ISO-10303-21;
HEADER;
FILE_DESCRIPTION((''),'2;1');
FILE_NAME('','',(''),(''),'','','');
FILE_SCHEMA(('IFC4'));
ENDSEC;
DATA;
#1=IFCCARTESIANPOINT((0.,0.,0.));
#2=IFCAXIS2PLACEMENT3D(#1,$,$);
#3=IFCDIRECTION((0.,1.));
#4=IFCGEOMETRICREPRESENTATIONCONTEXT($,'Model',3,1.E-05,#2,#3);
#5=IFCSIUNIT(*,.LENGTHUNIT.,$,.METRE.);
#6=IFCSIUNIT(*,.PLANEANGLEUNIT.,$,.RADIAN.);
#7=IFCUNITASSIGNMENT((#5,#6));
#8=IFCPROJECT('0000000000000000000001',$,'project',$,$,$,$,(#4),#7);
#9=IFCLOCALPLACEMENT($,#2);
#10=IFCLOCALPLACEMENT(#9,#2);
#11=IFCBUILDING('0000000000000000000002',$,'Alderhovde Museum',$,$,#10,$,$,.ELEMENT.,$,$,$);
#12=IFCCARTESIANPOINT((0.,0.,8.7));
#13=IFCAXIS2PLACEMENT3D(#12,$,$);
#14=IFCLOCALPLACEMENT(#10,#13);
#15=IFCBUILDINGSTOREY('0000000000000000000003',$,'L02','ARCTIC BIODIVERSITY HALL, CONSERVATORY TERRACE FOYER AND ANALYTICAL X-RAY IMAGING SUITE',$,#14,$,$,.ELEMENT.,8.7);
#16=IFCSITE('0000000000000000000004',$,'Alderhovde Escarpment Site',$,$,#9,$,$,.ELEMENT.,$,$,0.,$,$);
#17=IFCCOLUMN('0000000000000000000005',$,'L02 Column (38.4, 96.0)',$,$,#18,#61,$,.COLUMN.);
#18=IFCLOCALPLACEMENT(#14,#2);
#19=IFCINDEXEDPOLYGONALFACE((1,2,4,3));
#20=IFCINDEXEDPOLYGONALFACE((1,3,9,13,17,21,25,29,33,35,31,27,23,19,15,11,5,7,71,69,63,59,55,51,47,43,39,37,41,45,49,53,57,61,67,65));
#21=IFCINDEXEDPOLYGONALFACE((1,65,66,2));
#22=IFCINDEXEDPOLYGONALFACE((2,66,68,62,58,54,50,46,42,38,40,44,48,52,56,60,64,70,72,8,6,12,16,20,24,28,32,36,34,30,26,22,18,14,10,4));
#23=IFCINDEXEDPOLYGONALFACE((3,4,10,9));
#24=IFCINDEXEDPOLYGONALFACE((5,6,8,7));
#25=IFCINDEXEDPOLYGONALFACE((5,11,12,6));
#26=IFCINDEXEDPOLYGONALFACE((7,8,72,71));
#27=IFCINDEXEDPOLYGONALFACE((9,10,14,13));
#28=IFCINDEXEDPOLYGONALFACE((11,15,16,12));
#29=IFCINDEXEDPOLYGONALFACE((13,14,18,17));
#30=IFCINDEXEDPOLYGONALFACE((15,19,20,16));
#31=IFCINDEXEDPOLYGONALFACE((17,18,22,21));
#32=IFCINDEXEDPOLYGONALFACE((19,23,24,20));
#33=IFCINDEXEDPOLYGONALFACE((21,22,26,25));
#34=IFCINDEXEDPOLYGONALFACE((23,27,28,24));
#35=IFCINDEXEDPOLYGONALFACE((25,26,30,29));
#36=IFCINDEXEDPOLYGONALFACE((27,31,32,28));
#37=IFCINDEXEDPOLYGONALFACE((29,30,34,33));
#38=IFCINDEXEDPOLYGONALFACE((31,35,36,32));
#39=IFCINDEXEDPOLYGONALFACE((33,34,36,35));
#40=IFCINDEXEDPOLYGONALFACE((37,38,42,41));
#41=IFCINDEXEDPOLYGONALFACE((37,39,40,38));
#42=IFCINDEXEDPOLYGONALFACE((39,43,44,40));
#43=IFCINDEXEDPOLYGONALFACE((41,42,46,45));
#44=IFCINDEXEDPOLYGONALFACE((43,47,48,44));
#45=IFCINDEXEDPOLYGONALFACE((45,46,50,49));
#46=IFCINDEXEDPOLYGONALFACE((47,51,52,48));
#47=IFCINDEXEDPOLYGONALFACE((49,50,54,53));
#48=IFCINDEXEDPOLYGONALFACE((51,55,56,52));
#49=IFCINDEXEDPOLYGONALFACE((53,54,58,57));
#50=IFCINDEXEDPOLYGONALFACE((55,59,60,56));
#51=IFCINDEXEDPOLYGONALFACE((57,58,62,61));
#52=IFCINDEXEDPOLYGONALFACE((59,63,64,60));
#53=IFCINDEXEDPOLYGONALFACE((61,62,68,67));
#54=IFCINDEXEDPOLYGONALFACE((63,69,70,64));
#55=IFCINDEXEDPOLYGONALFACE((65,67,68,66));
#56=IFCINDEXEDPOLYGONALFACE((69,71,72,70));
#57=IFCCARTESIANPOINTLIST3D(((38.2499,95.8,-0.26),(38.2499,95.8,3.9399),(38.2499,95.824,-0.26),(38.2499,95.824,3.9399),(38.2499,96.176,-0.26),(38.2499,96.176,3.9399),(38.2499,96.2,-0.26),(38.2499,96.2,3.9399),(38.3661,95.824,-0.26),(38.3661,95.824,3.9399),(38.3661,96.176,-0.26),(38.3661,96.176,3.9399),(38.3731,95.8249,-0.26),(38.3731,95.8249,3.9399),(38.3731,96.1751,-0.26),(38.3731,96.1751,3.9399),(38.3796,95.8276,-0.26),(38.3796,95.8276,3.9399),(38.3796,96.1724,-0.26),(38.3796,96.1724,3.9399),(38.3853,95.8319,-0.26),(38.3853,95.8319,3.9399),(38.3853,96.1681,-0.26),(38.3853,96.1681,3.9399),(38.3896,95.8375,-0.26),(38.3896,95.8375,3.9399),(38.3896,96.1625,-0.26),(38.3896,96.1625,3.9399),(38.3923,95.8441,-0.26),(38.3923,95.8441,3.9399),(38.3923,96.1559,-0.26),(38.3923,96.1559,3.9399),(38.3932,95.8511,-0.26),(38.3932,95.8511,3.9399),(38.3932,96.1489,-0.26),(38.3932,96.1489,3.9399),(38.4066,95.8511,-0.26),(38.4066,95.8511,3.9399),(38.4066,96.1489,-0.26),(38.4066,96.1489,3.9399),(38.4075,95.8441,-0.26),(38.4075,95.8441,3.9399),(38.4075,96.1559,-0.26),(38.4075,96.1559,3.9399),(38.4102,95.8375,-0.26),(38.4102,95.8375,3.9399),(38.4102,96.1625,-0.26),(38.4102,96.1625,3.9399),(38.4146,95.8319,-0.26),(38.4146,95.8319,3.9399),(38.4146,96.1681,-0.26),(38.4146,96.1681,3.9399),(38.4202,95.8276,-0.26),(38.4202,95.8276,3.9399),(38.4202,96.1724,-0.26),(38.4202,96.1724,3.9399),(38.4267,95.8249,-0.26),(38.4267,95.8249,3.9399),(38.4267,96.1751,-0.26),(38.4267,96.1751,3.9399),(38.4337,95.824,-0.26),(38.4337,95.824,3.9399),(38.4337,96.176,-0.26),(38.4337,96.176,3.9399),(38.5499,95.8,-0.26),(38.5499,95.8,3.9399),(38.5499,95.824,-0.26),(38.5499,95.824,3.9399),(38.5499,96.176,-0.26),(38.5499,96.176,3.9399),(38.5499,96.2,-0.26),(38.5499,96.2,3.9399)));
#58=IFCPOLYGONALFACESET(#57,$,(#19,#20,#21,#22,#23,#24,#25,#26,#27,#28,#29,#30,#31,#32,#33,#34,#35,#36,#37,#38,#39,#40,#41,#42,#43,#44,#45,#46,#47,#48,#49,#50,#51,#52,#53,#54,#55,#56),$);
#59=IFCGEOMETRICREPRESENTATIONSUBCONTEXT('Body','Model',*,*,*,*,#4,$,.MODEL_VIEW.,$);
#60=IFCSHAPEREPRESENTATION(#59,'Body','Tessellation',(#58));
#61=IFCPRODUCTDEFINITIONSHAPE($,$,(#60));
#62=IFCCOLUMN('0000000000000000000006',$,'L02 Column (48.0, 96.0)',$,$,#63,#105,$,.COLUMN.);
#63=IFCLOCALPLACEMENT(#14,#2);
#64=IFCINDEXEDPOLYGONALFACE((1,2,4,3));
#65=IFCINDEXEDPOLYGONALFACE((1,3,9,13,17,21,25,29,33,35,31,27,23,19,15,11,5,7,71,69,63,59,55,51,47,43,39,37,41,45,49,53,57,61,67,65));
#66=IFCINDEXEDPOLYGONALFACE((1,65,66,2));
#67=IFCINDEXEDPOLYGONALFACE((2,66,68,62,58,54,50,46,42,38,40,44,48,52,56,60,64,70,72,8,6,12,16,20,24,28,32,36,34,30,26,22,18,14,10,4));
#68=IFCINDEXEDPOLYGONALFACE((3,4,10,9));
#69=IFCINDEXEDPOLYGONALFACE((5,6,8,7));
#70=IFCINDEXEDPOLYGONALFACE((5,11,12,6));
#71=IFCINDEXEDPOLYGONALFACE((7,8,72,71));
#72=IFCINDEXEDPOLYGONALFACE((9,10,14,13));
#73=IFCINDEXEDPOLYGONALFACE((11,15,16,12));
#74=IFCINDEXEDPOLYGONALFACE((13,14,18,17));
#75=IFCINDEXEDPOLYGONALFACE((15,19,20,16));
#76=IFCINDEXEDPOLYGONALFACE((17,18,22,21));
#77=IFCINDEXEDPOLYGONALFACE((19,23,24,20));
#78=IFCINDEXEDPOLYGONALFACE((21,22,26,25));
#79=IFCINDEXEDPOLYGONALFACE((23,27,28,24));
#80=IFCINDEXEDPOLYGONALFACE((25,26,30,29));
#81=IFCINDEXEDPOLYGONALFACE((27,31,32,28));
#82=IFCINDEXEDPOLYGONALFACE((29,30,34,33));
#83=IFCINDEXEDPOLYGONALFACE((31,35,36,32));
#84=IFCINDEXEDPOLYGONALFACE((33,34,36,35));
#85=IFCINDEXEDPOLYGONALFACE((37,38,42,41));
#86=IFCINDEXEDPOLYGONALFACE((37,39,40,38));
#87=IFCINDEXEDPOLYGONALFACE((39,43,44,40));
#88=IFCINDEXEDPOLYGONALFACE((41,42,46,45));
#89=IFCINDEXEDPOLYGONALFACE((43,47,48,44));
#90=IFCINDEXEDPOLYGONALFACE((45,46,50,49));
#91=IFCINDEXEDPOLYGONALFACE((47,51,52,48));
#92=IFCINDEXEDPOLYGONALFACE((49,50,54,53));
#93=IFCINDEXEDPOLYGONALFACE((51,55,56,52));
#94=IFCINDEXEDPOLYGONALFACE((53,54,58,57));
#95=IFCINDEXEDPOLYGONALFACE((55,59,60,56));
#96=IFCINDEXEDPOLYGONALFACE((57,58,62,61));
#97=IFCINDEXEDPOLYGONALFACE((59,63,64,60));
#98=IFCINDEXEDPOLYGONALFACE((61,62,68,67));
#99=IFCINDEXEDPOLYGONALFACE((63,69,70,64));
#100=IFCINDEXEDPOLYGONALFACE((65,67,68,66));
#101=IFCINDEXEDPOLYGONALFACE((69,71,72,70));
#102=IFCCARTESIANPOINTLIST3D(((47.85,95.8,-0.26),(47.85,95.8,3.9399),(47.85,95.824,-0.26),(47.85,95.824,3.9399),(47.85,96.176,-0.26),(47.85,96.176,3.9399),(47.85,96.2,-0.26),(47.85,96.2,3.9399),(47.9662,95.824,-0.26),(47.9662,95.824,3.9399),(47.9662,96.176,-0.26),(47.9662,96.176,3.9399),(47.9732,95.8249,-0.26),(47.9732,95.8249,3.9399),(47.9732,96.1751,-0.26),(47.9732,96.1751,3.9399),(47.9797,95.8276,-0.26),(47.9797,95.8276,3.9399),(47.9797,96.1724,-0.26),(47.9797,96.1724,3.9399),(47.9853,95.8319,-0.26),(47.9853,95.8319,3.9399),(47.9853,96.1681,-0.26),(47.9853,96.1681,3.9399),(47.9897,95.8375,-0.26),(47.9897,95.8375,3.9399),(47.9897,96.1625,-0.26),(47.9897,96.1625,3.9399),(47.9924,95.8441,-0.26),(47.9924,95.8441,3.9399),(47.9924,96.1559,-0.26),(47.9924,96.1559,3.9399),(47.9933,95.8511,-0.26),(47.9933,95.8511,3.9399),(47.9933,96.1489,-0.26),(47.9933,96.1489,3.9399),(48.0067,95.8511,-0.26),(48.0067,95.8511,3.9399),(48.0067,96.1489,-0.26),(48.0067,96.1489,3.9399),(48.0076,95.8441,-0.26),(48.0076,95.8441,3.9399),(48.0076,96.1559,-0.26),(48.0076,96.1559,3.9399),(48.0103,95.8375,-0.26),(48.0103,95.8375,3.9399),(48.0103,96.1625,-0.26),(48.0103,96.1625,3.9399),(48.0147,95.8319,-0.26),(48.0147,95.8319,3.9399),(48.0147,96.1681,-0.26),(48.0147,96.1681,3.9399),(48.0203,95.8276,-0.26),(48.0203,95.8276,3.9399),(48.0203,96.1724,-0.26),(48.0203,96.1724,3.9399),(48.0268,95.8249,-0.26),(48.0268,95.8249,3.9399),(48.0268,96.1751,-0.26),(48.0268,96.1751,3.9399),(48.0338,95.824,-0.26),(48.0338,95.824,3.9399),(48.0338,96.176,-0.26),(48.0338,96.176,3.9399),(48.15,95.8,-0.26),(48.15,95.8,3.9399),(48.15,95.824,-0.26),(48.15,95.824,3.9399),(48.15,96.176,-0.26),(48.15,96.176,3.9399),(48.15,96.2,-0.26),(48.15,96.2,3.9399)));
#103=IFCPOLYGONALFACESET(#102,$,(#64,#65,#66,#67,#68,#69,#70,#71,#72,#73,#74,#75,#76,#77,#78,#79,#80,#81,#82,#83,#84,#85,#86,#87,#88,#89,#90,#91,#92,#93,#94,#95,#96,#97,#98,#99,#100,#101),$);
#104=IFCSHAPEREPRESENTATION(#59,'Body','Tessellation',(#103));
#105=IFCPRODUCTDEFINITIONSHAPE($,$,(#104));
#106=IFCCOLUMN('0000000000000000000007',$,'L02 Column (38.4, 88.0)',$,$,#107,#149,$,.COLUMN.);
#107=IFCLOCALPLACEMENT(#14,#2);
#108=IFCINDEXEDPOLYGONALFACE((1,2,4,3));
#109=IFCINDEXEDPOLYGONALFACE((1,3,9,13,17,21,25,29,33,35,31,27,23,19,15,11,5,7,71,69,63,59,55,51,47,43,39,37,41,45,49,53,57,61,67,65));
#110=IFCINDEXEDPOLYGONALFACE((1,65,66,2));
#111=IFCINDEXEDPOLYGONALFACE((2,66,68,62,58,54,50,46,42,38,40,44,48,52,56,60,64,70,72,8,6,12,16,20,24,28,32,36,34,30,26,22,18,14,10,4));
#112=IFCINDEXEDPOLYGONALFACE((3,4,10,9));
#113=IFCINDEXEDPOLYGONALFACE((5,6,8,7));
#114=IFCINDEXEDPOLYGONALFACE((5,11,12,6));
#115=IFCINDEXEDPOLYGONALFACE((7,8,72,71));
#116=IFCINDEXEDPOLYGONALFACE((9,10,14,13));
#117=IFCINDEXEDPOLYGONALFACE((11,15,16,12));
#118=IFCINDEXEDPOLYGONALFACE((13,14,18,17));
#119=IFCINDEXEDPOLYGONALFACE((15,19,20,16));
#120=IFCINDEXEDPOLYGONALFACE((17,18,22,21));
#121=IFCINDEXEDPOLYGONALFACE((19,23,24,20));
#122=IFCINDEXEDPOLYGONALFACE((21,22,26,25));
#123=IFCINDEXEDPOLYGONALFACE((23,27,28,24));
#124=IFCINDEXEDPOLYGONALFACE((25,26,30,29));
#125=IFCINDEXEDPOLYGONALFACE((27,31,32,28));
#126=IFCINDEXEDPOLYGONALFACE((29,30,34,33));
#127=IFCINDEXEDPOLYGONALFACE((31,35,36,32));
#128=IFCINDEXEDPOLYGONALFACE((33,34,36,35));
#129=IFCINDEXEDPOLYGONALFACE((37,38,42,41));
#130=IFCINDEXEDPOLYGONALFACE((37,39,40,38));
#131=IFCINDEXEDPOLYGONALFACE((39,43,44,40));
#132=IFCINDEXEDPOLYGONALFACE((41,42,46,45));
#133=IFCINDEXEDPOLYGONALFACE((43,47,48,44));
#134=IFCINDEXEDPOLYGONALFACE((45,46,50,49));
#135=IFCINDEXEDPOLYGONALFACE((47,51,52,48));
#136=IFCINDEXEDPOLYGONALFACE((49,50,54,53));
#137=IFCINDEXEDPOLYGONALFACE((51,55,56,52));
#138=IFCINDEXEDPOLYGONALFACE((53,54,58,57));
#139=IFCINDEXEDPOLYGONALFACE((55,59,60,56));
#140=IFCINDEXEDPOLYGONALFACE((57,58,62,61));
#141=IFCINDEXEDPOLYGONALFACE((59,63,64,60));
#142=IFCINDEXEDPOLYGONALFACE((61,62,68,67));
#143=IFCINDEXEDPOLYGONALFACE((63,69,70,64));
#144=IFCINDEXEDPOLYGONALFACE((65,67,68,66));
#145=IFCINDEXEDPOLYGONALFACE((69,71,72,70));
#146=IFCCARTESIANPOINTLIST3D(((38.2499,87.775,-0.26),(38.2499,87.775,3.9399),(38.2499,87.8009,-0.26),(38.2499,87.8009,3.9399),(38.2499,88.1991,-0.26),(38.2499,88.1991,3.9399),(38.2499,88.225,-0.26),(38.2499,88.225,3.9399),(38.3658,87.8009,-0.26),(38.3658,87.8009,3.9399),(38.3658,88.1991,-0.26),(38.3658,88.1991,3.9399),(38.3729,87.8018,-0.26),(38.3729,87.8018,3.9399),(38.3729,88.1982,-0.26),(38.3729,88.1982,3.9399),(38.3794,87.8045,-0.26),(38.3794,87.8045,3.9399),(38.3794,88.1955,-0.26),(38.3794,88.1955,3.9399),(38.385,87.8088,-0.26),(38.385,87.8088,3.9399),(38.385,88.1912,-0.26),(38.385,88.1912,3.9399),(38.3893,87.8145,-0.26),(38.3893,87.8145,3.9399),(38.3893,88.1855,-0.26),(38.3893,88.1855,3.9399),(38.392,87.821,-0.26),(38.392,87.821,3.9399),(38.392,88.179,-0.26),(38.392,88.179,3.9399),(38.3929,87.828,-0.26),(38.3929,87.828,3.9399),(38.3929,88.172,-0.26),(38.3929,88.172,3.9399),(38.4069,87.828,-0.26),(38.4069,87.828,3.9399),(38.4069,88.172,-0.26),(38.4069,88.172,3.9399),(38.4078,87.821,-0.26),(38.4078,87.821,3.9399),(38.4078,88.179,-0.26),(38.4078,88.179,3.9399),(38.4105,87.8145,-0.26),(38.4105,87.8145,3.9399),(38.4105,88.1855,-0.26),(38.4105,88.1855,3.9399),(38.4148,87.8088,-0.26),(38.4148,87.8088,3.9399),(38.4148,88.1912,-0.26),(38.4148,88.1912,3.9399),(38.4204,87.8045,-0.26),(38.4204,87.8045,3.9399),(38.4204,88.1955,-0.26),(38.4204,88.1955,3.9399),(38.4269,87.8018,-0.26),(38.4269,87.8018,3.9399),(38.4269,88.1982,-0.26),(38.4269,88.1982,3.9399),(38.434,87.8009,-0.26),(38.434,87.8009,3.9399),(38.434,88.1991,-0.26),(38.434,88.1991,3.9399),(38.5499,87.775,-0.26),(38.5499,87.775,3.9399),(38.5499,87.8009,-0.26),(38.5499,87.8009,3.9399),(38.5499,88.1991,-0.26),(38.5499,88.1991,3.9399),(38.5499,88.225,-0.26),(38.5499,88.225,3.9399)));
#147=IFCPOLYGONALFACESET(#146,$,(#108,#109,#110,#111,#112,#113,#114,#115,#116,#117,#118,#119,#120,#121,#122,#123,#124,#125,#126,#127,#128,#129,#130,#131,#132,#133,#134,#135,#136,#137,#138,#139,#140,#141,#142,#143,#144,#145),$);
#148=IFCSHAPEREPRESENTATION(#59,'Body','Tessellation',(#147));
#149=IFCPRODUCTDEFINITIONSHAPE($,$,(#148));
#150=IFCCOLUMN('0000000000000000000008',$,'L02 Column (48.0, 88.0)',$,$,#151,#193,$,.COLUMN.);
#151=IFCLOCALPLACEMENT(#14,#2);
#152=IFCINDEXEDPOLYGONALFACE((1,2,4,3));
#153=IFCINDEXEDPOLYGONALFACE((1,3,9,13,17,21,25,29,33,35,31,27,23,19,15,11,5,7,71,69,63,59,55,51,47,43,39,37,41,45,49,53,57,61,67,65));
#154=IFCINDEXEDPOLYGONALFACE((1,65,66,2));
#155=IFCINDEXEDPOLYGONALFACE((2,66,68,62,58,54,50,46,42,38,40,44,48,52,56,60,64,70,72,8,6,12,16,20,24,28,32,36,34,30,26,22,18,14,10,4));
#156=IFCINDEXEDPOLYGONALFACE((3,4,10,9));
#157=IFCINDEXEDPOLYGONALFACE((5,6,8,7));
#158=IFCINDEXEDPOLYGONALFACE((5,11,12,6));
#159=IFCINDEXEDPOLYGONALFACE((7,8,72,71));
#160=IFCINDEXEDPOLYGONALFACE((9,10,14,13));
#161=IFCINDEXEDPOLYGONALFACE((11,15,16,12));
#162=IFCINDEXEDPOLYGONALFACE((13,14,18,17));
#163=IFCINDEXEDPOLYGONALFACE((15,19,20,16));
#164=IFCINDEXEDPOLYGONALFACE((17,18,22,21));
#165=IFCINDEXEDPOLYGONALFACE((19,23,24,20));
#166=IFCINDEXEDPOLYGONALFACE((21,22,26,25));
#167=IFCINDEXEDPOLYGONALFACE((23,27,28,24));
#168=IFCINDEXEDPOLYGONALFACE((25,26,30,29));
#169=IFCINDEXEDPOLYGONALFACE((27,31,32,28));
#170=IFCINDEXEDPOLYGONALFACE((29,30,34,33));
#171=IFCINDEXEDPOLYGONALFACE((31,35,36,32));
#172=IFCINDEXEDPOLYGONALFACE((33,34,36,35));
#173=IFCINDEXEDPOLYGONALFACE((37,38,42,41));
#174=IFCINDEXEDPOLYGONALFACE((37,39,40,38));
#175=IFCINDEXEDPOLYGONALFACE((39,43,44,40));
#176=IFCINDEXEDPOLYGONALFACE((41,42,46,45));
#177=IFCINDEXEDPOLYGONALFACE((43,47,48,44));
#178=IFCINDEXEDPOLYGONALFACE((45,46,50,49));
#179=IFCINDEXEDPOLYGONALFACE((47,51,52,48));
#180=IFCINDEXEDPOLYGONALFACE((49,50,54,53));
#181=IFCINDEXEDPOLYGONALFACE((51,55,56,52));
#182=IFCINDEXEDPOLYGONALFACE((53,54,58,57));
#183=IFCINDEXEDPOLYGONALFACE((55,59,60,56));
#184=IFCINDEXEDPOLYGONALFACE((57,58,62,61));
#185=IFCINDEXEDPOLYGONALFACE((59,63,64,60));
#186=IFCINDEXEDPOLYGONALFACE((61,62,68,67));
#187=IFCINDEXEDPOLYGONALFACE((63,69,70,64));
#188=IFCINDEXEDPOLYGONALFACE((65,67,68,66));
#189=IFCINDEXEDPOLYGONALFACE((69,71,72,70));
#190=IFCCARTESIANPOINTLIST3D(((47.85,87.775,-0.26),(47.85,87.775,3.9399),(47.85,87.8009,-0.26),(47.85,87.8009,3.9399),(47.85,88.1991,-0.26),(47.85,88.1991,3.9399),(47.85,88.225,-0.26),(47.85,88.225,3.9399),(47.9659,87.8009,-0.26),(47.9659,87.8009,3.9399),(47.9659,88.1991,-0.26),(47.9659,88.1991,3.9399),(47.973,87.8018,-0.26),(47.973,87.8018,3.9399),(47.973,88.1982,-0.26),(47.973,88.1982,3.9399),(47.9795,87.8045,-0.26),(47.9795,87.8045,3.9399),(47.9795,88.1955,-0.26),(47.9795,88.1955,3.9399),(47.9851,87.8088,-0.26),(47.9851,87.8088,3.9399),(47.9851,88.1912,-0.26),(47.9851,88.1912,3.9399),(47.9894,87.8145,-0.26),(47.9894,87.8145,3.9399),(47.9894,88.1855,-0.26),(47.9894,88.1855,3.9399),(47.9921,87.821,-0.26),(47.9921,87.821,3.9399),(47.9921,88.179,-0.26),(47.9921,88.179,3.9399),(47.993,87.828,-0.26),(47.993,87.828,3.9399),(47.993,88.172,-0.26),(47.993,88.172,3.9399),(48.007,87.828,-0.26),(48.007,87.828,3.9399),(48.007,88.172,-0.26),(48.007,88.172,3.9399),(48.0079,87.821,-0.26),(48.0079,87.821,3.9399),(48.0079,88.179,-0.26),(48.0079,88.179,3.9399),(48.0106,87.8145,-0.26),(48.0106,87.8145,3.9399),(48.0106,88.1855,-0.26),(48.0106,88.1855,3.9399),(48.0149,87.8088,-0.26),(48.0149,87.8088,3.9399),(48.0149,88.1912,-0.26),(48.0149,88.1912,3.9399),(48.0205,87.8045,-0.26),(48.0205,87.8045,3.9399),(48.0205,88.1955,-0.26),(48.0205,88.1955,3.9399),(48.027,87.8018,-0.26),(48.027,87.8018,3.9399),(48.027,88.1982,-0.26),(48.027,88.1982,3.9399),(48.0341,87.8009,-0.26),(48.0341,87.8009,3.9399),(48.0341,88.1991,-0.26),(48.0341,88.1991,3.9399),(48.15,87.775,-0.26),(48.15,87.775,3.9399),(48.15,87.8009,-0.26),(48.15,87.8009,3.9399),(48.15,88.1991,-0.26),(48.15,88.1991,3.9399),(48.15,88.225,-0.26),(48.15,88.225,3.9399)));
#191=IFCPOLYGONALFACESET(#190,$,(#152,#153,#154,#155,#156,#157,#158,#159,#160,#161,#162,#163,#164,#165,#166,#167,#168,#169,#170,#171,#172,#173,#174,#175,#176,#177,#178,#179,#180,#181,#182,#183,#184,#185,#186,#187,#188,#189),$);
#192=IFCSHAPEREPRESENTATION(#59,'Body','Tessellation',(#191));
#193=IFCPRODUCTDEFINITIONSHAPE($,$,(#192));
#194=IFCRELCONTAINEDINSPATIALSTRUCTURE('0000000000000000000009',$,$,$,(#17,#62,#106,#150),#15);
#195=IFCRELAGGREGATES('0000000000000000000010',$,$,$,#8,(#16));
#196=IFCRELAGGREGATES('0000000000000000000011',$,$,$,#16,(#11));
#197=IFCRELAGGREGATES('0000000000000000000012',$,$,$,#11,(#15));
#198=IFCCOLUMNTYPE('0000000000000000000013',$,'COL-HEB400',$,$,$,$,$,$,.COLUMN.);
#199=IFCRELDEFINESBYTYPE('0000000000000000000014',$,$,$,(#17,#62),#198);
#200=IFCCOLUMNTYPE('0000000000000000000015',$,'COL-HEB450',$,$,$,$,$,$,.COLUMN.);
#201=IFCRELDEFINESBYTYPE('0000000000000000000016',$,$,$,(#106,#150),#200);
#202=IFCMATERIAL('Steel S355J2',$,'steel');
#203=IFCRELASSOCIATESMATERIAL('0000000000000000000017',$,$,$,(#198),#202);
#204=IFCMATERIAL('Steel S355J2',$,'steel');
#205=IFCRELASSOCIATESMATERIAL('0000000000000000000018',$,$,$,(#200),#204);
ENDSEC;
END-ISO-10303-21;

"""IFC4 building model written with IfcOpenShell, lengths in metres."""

from ifc_helpers import new_model, si_unit, direction, frame, origin, origin_2d, place, context, subcontext, project, spatial, i_section, extrude, material, material_profile, profile_set, type_object, element, save


model = new_model("IFC4")

# Units and contexts
model_context = context("Model", 3, precision=1e-05, world=origin(), true_north=direction((0.0, 1.0)))
body_context = subcontext(model_context, "Body", "Model", "MODEL_VIEW")
ifc_project = project(units=[si_unit("LENGTHUNIT", "METRE"), si_unit("PLANEANGLEUNIT", "RADIAN")], contexts=[model_context])

# Site, building, storey
site_placement = place(None, origin())
site = spatial("IfcSite", under=ifc_project, at=site_placement, Name="Alderhovde Escarpment Site", CompositionType="ELEMENT", RefElevation=0.0)
building_placement = place(site_placement, origin())
building = spatial("IfcBuilding", under=site, at=building_placement, Name="Alderhovde Museum", CompositionType="ELEMENT")
storey_placement = place(building_placement, frame((0.0, 0.0, 8.7)))
storey = spatial("IfcBuildingStorey", under=building, at=storey_placement, Name="L02", Description="ARCTIC BIODIVERSITY HALL, CONSERVATORY TERRACE FOYER AND ANALYTICAL X-RAY IMAGING SUITE", CompositionType="ELEMENT", Elevation=8.7)

# Columns
ifc_material_1 = material(Name="Steel S355J2", Category="steel")
ifc_material_profile_1 = material_profile(ifc_material_1, i_section(OverallWidth=0.3, OverallDepth=0.3999, WebThickness=0.0134, FlangeThickness=0.0239, FilletRadius=0.0271, at=origin_2d()), Name="HEB 400")
ifc_profile_set_1 = profile_set([ifc_material_profile_1], Name="Steel S355J2")
column_type_1 = type_object("IfcColumnType", Name="COL-HEB400", PredefinedType="COLUMN", material=ifc_profile_set_1)
for number, where, z_axis, x_axis, name in (
    (1, (38.3999, 96.0, -0.26), (0.0, 0.0, 1.0), (1.0, 0.0, 0.0), "L02 Column (38.4, 96.0)"),
    (2, (48.0, 96.0, -0.26), (0.0, 0.0, 1.0), (1.0, 0.0, 0.0), "L02 Column (48.0, 96.0)"),
):
    element("IfcColumn", number, at=place(storey_placement, frame(where, z_axis=z_axis, x_axis=x_axis)), inside=storey, type_object=column_type_1, Name=name, PredefinedType="COLUMN", context=body_context, shape_type="SweptSolid", body=[
        extrude(i_section(OverallWidth=0.3, OverallDepth=0.3999, WebThickness=0.0134, FlangeThickness=0.0239, FilletRadius=0.0271, at=origin_2d()), origin(), (0.0, 0.0, 1.0), 4.2),
    ])
ifc_material_2 = material(Name="Steel S355J2", Category="steel")
ifc_material_profile_2 = material_profile(ifc_material_2, i_section(OverallWidth=0.3, OverallDepth=0.45, WebThickness=0.0139, FlangeThickness=0.0259, FilletRadius=0.0271, at=origin_2d()), Name="HEB 450")
ifc_profile_set_2 = profile_set([ifc_material_profile_2], Name="Steel S355J2")
column_type_2 = type_object("IfcColumnType", Name="COL-HEB450", PredefinedType="COLUMN", material=ifc_profile_set_2)
for number, where, z_axis, x_axis, name in (
    (3, (38.3999, 88.0, -0.26), (0.0, 0.0, 1.0), (1.0, 0.0, 0.0), "L02 Column (38.4, 88.0)"),
    (4, (48.0, 88.0, -0.26), (0.0, 0.0, 1.0), (1.0, 0.0, 0.0), "L02 Column (48.0, 88.0)"),
):
    element("IfcColumn", number, at=place(storey_placement, frame(where, z_axis=z_axis, x_axis=x_axis)), inside=storey, type_object=column_type_2, Name=name, PredefinedType="COLUMN", context=body_context, shape_type="SweptSolid", body=[
        extrude(i_section(OverallWidth=0.3, OverallDepth=0.45, WebThickness=0.0139, FlangeThickness=0.0259, FilletRadius=0.0271, at=origin_2d()), origin(), (0.0, 0.0, 1.0), 4.2),
    ])

save(model, "model.ifc")
